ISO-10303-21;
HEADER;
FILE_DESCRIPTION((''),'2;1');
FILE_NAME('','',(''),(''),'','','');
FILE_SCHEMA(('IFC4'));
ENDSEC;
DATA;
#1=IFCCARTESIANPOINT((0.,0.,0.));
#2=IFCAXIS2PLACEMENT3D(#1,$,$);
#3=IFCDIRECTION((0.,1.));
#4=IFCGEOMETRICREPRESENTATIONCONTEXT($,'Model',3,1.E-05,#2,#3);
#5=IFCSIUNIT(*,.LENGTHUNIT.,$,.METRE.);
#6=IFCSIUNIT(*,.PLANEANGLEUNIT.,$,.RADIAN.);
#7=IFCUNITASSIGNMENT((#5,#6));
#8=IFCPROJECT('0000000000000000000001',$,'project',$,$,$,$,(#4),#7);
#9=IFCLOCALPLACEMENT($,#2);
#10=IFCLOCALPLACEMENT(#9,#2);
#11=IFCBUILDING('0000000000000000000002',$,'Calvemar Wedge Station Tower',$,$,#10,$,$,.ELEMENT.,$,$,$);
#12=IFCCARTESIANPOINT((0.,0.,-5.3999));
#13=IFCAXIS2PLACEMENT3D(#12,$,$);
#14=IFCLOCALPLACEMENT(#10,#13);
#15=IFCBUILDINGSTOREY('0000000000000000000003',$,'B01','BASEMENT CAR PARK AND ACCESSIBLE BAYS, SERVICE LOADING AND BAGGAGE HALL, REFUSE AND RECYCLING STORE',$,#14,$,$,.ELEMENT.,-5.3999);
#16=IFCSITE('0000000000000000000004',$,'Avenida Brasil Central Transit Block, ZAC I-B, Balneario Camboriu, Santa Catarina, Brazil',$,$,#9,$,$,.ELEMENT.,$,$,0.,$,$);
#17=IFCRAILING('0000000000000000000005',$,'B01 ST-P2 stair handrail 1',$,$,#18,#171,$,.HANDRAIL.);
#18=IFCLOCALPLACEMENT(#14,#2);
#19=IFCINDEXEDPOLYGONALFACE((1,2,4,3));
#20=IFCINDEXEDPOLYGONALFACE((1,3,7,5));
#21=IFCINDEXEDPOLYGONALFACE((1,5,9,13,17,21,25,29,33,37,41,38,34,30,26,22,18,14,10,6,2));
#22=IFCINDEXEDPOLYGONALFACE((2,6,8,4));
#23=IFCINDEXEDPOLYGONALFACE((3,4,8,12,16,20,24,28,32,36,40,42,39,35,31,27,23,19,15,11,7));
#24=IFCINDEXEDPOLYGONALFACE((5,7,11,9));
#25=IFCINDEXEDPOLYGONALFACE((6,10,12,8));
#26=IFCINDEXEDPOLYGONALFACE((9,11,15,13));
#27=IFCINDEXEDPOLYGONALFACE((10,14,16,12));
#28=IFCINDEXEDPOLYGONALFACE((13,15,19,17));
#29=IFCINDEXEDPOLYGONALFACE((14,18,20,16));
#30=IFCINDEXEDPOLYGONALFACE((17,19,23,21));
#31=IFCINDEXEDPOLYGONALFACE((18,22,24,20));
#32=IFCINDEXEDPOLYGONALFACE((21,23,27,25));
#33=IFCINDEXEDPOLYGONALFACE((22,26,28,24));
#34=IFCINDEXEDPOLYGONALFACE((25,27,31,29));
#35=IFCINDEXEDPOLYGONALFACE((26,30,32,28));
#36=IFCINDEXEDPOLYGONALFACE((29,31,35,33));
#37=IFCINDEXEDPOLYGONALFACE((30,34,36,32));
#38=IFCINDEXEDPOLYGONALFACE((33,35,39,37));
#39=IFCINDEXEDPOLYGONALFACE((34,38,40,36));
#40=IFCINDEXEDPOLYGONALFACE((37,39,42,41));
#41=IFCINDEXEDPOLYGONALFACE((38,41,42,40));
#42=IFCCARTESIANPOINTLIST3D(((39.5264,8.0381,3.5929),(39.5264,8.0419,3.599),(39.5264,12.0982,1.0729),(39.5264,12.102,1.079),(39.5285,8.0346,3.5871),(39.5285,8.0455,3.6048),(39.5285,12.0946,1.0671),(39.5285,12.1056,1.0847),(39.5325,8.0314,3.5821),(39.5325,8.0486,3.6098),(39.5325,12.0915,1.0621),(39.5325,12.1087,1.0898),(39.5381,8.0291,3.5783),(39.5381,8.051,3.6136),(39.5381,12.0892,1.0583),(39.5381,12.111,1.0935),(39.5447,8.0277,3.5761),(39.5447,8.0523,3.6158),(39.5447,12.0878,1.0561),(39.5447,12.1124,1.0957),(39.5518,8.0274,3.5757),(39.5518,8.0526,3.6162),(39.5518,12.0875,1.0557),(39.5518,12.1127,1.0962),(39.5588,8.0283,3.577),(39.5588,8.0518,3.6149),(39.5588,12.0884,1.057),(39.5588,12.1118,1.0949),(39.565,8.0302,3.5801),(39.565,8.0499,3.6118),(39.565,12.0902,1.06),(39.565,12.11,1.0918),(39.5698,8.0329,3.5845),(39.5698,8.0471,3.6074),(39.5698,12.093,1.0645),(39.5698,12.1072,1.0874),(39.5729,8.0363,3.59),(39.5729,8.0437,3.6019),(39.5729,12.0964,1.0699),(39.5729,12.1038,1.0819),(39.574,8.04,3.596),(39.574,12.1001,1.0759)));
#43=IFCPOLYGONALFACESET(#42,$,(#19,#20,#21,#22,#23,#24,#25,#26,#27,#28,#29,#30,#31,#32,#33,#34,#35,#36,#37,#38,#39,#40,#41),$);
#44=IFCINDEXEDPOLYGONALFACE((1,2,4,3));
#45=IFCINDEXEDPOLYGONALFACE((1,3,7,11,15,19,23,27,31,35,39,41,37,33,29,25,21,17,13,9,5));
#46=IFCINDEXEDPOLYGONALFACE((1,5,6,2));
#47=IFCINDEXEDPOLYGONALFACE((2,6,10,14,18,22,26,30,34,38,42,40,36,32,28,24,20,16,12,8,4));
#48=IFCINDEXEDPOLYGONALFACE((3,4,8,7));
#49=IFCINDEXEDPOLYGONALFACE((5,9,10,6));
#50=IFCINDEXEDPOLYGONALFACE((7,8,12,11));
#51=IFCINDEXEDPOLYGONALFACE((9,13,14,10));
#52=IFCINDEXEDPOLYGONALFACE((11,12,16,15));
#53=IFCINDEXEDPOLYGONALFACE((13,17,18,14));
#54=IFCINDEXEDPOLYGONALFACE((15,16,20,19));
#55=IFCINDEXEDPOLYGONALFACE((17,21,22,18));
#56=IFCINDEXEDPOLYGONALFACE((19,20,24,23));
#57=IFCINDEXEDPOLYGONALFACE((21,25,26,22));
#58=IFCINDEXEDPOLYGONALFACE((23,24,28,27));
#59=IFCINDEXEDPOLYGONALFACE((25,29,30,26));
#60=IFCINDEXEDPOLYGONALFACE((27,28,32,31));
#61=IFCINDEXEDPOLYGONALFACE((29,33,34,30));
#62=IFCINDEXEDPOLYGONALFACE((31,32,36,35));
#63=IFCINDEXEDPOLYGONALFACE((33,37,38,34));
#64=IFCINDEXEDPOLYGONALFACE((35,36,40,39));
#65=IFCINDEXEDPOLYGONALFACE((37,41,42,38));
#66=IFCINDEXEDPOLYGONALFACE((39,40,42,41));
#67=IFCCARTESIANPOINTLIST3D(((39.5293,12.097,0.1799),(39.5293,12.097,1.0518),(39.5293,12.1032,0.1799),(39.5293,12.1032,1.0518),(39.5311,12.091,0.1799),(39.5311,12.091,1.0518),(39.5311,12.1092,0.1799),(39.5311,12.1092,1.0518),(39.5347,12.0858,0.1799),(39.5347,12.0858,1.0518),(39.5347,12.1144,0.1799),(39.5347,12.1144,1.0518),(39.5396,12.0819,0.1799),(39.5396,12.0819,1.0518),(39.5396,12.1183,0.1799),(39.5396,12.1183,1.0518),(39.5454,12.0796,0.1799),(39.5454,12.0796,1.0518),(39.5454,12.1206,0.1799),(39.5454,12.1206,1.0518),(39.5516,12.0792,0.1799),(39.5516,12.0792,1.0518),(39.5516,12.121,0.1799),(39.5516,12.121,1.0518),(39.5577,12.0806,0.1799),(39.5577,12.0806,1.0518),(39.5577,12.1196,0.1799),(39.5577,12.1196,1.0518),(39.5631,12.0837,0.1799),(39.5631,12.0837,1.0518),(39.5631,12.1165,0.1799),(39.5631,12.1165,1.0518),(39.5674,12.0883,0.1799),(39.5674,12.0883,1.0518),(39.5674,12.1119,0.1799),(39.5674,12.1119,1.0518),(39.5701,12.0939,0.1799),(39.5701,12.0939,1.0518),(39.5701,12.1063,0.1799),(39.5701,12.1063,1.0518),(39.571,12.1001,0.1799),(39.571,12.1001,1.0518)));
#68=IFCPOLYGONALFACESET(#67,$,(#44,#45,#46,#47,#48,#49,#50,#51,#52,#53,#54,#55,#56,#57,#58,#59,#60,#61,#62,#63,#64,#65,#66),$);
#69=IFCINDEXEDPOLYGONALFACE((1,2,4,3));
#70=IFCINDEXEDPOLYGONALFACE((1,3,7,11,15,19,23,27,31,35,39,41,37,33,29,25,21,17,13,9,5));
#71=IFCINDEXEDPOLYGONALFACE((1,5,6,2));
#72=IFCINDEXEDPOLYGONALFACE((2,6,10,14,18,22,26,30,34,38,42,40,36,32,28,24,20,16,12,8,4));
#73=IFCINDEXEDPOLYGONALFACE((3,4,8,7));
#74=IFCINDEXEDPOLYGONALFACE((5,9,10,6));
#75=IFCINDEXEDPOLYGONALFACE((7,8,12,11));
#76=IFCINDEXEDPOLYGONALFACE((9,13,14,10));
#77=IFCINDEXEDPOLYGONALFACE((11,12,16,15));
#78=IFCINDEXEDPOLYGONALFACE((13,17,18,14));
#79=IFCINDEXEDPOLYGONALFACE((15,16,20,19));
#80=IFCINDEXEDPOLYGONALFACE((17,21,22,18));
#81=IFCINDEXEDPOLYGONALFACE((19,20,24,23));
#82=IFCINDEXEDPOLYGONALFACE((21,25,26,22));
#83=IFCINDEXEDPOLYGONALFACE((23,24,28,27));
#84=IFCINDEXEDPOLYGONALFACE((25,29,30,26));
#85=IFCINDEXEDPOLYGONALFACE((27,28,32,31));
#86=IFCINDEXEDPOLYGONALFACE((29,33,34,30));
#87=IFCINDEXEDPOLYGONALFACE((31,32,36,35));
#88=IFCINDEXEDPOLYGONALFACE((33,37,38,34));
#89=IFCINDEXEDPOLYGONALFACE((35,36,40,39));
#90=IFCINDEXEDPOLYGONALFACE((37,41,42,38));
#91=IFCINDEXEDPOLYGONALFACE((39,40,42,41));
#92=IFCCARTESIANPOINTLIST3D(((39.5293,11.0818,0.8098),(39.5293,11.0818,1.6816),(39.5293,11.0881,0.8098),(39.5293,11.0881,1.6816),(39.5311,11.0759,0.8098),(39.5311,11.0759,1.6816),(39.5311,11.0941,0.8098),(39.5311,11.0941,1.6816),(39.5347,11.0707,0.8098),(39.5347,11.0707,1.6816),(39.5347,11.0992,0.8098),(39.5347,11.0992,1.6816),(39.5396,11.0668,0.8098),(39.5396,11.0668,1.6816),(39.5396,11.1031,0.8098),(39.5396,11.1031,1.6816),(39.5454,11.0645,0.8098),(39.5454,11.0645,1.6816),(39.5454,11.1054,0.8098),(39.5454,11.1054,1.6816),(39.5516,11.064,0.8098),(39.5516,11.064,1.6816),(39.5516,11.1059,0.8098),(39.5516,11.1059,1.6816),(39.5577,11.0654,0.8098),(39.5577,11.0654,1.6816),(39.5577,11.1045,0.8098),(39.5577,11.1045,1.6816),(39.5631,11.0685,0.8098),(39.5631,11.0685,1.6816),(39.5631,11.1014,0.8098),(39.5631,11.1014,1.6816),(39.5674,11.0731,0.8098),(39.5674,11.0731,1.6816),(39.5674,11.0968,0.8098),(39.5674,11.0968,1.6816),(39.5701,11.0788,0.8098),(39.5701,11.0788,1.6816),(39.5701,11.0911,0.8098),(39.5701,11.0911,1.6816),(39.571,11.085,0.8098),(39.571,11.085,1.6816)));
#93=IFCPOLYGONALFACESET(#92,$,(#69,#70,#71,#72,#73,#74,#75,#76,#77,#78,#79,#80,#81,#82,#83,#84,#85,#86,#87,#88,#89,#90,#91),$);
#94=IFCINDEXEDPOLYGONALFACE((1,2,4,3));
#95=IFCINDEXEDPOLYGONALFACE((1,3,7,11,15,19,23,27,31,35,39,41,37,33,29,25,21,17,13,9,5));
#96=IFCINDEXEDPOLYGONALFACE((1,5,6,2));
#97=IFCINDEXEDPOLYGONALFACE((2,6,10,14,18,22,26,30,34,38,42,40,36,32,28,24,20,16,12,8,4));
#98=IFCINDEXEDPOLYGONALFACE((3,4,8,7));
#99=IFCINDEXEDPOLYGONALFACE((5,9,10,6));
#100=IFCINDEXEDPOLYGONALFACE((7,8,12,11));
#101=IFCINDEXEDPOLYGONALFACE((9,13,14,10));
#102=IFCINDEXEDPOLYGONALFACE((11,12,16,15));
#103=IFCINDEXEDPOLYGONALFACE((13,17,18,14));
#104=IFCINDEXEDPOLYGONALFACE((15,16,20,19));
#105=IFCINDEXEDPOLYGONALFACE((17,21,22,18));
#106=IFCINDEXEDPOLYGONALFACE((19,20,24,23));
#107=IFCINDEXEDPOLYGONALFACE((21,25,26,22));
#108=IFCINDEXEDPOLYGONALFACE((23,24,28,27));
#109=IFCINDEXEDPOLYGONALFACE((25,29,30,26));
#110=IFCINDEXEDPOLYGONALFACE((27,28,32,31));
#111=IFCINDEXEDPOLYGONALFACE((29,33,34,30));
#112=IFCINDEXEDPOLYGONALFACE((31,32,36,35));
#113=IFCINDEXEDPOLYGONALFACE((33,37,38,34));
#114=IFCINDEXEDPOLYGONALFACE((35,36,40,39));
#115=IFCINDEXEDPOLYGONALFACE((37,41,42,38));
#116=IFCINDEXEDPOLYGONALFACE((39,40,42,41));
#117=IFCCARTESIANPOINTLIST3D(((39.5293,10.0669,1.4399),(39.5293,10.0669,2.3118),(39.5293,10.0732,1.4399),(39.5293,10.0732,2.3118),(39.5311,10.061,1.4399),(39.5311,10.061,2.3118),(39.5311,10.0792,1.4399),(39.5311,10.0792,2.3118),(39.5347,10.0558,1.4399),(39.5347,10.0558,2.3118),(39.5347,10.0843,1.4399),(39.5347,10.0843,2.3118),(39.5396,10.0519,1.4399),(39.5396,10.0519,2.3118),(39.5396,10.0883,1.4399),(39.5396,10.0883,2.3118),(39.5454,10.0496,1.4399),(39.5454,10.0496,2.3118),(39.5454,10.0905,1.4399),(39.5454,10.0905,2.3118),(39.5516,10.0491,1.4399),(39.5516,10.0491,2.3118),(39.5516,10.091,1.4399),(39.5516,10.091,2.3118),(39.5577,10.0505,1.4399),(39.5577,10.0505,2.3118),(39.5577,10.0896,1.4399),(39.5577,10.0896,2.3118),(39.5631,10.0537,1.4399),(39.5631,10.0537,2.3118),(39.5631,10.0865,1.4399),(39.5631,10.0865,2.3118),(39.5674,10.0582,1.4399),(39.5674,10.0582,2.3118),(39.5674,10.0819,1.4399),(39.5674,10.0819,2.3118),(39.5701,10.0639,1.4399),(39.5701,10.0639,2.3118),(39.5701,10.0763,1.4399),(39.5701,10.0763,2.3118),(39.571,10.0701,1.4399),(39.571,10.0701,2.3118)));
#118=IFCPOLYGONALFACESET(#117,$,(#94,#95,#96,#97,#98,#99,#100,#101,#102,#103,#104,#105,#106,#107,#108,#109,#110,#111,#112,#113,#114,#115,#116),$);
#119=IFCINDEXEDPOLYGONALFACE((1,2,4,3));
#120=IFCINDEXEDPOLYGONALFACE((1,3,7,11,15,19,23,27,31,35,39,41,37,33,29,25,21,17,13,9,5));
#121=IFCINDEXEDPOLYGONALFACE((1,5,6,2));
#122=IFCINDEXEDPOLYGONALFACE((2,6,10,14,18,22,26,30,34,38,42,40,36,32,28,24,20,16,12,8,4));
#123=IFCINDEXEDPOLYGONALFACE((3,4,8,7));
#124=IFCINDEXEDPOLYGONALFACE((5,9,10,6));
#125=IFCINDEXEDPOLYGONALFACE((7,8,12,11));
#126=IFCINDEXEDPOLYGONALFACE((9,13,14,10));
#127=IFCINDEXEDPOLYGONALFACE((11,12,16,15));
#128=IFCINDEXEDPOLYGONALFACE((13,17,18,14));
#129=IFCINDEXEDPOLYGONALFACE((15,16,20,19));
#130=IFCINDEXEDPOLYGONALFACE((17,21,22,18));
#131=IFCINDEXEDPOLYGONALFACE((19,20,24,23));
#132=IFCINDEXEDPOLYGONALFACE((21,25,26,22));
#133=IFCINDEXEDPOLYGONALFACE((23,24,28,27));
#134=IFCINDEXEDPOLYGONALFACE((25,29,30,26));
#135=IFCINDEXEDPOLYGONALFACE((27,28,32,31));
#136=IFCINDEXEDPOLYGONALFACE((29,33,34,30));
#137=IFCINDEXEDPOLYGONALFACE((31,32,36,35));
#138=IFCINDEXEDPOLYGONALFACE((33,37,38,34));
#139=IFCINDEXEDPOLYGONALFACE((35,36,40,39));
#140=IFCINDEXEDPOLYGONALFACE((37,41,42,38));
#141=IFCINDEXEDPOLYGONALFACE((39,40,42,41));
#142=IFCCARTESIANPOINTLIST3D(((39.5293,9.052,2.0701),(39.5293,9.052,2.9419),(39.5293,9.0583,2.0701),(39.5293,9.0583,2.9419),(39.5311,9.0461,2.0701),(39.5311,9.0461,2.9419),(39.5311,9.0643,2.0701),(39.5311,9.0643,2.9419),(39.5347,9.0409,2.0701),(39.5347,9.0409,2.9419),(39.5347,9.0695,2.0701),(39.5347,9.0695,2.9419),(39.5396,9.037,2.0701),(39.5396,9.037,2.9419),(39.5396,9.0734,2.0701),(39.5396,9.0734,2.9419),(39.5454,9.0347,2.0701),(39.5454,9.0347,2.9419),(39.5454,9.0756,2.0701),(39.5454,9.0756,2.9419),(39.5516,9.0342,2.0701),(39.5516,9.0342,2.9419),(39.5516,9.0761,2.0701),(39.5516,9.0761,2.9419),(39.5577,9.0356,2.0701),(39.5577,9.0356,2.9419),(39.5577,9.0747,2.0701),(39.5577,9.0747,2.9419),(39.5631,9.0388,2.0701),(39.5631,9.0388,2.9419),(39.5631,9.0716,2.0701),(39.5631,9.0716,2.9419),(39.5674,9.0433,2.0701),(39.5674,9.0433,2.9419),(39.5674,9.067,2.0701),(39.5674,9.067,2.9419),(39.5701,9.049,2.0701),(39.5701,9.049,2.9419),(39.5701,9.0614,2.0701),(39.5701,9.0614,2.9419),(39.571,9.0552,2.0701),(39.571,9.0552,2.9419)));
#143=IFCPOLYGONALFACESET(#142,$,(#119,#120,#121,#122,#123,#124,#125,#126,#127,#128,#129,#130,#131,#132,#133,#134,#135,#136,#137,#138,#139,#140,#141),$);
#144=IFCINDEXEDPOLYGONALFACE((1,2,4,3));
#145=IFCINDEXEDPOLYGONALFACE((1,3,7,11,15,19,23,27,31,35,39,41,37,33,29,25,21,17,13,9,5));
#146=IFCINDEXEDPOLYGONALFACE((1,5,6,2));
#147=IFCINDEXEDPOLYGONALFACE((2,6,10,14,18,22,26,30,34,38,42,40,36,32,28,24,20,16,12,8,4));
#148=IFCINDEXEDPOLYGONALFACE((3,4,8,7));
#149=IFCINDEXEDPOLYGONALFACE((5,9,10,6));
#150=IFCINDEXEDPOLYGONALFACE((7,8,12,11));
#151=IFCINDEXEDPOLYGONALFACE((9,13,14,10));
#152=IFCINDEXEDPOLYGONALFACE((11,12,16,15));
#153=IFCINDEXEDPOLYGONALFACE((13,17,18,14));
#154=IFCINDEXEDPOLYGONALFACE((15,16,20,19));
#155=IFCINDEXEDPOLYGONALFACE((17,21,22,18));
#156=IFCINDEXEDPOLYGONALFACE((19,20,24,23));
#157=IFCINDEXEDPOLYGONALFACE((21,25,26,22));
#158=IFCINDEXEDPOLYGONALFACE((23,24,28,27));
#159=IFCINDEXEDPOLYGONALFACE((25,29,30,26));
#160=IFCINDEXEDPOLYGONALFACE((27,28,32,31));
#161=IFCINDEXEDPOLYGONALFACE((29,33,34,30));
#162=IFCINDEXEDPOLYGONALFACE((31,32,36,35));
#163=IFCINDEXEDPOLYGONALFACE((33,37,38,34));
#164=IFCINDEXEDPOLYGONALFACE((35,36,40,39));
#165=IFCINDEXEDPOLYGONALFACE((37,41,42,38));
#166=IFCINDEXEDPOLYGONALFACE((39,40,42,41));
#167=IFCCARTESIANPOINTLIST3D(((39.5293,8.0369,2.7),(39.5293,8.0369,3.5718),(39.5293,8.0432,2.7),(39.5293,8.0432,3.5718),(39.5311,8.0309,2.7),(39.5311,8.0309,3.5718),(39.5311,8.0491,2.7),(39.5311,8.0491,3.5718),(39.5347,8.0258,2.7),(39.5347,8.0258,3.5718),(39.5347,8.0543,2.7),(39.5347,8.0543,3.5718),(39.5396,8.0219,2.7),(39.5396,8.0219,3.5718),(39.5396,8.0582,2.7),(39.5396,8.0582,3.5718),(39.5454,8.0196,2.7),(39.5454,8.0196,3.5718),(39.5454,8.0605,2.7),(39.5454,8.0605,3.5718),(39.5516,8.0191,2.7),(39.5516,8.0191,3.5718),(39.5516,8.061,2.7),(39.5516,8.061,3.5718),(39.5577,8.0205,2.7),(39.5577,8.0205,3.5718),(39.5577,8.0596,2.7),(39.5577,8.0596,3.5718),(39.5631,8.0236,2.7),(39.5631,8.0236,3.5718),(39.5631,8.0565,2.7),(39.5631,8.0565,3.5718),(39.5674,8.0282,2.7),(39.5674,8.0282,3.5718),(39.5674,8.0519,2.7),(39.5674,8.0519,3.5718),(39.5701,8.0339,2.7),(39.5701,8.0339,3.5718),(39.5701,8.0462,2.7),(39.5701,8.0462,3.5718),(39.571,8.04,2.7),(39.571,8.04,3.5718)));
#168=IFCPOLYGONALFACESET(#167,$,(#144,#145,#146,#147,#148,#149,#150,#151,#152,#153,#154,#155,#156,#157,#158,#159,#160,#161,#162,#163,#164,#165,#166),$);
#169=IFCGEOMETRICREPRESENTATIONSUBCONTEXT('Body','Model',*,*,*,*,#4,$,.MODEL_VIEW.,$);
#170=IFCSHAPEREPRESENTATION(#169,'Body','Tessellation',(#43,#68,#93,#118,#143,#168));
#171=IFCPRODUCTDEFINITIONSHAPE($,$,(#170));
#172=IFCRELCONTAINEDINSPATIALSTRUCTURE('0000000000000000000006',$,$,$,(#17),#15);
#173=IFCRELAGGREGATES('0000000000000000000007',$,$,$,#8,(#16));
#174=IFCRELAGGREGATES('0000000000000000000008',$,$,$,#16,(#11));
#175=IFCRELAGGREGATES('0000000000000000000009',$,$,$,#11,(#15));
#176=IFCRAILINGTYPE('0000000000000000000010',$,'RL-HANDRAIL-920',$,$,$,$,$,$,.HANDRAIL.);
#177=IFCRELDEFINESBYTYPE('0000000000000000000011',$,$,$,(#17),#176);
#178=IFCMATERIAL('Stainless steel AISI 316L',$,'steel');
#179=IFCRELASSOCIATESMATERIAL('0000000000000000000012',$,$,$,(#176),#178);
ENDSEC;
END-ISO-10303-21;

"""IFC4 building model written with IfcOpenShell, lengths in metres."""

from ifc_helpers import new_model, si_unit, direction, frame, origin, origin_2d, place, context, subcontext, project, spatial, circle, extrude, material, type_object, element, save


model = new_model("IFC4")

# Units and contexts
model_context = context("Model", 3, precision=1e-05, world=origin(), true_north=direction((0.0, 1.0)))
body_context = subcontext(model_context, "Body", "Model", "MODEL_VIEW")
ifc_project = project(units=[si_unit("LENGTHUNIT", "METRE"), si_unit("PLANEANGLEUNIT", "RADIAN")], contexts=[model_context])

# Site, building, storey
site_placement = place(None, origin())
site = spatial("IfcSite", under=ifc_project, at=site_placement, Name="Avenida Brasil Central Transit Block, ZAC I-B, Balneario Camboriu, Santa Catarina, Brazil", CompositionType="ELEMENT", RefElevation=0.0)
building_placement = place(site_placement, origin())
building = spatial("IfcBuilding", under=site, at=building_placement, Name="Calvemar Wedge Station Tower", CompositionType="ELEMENT")
storey_placement = place(building_placement, frame((0.0, 0.0, -5.3999)))
storey = spatial("IfcBuildingStorey", under=building, at=storey_placement, Name="B01", Description="BASEMENT CAR PARK AND ACCESSIBLE BAYS, SERVICE LOADING AND BAGGAGE HALL, REFUSE AND RECYCLING STORE", CompositionType="ELEMENT", Elevation=-5.3999)

# Railing
ifc_material_1 = material(Name="Stainless steel AISI 316L", Category="steel")
railing_type_1 = type_object("IfcRailingType", Name="RL-HANDRAIL-920", PredefinedType="HANDRAIL", material=ifc_material_1)
railing_1_placement = place(storey_placement, frame((39.55, 12.1001, 0.1799)))
element("IfcRailing", 1, at=railing_1_placement, inside=storey, type_object=railing_type_1, Name="B01 ST-P2 stair handrail 1", PredefinedType="HANDRAIL", context=body_context, shape_type="SweptSolid", body=[
    extrude(circle(Radius=0.0239, at=origin_2d()), frame((0.0, 0.0, 0.896), z_axis=(0.0, -0.849642, 0.52736), x_axis=(1.0, 0.0, 0.0)), (0.0, 0.0, 1.0), 4.7786),
    extrude(circle(Radius=0.021, at=origin_2d()), origin(), (0.0, 0.0, 1.0), 0.8718),
    extrude(circle(Radius=0.021, at=origin_2d()), frame((0.0, -1.0151, 0.6299)), (0.0, 0.0, 1.0), 0.8718),
    extrude(circle(Radius=0.021, at=origin_2d()), frame((0.0, -2.03, 1.26)), (0.0, 0.0, 1.0), 0.8718),
    extrude(circle(Radius=0.021, at=origin_2d()), frame((0.0, -3.0449, 1.8901)), (0.0, 0.0, 1.0), 0.8718),
    extrude(circle(Radius=0.021, at=origin_2d()), frame((0.0, -4.0601, 2.52)), (0.0, 0.0, 1.0), 0.8718),
])

save(model, "model.ifc")
